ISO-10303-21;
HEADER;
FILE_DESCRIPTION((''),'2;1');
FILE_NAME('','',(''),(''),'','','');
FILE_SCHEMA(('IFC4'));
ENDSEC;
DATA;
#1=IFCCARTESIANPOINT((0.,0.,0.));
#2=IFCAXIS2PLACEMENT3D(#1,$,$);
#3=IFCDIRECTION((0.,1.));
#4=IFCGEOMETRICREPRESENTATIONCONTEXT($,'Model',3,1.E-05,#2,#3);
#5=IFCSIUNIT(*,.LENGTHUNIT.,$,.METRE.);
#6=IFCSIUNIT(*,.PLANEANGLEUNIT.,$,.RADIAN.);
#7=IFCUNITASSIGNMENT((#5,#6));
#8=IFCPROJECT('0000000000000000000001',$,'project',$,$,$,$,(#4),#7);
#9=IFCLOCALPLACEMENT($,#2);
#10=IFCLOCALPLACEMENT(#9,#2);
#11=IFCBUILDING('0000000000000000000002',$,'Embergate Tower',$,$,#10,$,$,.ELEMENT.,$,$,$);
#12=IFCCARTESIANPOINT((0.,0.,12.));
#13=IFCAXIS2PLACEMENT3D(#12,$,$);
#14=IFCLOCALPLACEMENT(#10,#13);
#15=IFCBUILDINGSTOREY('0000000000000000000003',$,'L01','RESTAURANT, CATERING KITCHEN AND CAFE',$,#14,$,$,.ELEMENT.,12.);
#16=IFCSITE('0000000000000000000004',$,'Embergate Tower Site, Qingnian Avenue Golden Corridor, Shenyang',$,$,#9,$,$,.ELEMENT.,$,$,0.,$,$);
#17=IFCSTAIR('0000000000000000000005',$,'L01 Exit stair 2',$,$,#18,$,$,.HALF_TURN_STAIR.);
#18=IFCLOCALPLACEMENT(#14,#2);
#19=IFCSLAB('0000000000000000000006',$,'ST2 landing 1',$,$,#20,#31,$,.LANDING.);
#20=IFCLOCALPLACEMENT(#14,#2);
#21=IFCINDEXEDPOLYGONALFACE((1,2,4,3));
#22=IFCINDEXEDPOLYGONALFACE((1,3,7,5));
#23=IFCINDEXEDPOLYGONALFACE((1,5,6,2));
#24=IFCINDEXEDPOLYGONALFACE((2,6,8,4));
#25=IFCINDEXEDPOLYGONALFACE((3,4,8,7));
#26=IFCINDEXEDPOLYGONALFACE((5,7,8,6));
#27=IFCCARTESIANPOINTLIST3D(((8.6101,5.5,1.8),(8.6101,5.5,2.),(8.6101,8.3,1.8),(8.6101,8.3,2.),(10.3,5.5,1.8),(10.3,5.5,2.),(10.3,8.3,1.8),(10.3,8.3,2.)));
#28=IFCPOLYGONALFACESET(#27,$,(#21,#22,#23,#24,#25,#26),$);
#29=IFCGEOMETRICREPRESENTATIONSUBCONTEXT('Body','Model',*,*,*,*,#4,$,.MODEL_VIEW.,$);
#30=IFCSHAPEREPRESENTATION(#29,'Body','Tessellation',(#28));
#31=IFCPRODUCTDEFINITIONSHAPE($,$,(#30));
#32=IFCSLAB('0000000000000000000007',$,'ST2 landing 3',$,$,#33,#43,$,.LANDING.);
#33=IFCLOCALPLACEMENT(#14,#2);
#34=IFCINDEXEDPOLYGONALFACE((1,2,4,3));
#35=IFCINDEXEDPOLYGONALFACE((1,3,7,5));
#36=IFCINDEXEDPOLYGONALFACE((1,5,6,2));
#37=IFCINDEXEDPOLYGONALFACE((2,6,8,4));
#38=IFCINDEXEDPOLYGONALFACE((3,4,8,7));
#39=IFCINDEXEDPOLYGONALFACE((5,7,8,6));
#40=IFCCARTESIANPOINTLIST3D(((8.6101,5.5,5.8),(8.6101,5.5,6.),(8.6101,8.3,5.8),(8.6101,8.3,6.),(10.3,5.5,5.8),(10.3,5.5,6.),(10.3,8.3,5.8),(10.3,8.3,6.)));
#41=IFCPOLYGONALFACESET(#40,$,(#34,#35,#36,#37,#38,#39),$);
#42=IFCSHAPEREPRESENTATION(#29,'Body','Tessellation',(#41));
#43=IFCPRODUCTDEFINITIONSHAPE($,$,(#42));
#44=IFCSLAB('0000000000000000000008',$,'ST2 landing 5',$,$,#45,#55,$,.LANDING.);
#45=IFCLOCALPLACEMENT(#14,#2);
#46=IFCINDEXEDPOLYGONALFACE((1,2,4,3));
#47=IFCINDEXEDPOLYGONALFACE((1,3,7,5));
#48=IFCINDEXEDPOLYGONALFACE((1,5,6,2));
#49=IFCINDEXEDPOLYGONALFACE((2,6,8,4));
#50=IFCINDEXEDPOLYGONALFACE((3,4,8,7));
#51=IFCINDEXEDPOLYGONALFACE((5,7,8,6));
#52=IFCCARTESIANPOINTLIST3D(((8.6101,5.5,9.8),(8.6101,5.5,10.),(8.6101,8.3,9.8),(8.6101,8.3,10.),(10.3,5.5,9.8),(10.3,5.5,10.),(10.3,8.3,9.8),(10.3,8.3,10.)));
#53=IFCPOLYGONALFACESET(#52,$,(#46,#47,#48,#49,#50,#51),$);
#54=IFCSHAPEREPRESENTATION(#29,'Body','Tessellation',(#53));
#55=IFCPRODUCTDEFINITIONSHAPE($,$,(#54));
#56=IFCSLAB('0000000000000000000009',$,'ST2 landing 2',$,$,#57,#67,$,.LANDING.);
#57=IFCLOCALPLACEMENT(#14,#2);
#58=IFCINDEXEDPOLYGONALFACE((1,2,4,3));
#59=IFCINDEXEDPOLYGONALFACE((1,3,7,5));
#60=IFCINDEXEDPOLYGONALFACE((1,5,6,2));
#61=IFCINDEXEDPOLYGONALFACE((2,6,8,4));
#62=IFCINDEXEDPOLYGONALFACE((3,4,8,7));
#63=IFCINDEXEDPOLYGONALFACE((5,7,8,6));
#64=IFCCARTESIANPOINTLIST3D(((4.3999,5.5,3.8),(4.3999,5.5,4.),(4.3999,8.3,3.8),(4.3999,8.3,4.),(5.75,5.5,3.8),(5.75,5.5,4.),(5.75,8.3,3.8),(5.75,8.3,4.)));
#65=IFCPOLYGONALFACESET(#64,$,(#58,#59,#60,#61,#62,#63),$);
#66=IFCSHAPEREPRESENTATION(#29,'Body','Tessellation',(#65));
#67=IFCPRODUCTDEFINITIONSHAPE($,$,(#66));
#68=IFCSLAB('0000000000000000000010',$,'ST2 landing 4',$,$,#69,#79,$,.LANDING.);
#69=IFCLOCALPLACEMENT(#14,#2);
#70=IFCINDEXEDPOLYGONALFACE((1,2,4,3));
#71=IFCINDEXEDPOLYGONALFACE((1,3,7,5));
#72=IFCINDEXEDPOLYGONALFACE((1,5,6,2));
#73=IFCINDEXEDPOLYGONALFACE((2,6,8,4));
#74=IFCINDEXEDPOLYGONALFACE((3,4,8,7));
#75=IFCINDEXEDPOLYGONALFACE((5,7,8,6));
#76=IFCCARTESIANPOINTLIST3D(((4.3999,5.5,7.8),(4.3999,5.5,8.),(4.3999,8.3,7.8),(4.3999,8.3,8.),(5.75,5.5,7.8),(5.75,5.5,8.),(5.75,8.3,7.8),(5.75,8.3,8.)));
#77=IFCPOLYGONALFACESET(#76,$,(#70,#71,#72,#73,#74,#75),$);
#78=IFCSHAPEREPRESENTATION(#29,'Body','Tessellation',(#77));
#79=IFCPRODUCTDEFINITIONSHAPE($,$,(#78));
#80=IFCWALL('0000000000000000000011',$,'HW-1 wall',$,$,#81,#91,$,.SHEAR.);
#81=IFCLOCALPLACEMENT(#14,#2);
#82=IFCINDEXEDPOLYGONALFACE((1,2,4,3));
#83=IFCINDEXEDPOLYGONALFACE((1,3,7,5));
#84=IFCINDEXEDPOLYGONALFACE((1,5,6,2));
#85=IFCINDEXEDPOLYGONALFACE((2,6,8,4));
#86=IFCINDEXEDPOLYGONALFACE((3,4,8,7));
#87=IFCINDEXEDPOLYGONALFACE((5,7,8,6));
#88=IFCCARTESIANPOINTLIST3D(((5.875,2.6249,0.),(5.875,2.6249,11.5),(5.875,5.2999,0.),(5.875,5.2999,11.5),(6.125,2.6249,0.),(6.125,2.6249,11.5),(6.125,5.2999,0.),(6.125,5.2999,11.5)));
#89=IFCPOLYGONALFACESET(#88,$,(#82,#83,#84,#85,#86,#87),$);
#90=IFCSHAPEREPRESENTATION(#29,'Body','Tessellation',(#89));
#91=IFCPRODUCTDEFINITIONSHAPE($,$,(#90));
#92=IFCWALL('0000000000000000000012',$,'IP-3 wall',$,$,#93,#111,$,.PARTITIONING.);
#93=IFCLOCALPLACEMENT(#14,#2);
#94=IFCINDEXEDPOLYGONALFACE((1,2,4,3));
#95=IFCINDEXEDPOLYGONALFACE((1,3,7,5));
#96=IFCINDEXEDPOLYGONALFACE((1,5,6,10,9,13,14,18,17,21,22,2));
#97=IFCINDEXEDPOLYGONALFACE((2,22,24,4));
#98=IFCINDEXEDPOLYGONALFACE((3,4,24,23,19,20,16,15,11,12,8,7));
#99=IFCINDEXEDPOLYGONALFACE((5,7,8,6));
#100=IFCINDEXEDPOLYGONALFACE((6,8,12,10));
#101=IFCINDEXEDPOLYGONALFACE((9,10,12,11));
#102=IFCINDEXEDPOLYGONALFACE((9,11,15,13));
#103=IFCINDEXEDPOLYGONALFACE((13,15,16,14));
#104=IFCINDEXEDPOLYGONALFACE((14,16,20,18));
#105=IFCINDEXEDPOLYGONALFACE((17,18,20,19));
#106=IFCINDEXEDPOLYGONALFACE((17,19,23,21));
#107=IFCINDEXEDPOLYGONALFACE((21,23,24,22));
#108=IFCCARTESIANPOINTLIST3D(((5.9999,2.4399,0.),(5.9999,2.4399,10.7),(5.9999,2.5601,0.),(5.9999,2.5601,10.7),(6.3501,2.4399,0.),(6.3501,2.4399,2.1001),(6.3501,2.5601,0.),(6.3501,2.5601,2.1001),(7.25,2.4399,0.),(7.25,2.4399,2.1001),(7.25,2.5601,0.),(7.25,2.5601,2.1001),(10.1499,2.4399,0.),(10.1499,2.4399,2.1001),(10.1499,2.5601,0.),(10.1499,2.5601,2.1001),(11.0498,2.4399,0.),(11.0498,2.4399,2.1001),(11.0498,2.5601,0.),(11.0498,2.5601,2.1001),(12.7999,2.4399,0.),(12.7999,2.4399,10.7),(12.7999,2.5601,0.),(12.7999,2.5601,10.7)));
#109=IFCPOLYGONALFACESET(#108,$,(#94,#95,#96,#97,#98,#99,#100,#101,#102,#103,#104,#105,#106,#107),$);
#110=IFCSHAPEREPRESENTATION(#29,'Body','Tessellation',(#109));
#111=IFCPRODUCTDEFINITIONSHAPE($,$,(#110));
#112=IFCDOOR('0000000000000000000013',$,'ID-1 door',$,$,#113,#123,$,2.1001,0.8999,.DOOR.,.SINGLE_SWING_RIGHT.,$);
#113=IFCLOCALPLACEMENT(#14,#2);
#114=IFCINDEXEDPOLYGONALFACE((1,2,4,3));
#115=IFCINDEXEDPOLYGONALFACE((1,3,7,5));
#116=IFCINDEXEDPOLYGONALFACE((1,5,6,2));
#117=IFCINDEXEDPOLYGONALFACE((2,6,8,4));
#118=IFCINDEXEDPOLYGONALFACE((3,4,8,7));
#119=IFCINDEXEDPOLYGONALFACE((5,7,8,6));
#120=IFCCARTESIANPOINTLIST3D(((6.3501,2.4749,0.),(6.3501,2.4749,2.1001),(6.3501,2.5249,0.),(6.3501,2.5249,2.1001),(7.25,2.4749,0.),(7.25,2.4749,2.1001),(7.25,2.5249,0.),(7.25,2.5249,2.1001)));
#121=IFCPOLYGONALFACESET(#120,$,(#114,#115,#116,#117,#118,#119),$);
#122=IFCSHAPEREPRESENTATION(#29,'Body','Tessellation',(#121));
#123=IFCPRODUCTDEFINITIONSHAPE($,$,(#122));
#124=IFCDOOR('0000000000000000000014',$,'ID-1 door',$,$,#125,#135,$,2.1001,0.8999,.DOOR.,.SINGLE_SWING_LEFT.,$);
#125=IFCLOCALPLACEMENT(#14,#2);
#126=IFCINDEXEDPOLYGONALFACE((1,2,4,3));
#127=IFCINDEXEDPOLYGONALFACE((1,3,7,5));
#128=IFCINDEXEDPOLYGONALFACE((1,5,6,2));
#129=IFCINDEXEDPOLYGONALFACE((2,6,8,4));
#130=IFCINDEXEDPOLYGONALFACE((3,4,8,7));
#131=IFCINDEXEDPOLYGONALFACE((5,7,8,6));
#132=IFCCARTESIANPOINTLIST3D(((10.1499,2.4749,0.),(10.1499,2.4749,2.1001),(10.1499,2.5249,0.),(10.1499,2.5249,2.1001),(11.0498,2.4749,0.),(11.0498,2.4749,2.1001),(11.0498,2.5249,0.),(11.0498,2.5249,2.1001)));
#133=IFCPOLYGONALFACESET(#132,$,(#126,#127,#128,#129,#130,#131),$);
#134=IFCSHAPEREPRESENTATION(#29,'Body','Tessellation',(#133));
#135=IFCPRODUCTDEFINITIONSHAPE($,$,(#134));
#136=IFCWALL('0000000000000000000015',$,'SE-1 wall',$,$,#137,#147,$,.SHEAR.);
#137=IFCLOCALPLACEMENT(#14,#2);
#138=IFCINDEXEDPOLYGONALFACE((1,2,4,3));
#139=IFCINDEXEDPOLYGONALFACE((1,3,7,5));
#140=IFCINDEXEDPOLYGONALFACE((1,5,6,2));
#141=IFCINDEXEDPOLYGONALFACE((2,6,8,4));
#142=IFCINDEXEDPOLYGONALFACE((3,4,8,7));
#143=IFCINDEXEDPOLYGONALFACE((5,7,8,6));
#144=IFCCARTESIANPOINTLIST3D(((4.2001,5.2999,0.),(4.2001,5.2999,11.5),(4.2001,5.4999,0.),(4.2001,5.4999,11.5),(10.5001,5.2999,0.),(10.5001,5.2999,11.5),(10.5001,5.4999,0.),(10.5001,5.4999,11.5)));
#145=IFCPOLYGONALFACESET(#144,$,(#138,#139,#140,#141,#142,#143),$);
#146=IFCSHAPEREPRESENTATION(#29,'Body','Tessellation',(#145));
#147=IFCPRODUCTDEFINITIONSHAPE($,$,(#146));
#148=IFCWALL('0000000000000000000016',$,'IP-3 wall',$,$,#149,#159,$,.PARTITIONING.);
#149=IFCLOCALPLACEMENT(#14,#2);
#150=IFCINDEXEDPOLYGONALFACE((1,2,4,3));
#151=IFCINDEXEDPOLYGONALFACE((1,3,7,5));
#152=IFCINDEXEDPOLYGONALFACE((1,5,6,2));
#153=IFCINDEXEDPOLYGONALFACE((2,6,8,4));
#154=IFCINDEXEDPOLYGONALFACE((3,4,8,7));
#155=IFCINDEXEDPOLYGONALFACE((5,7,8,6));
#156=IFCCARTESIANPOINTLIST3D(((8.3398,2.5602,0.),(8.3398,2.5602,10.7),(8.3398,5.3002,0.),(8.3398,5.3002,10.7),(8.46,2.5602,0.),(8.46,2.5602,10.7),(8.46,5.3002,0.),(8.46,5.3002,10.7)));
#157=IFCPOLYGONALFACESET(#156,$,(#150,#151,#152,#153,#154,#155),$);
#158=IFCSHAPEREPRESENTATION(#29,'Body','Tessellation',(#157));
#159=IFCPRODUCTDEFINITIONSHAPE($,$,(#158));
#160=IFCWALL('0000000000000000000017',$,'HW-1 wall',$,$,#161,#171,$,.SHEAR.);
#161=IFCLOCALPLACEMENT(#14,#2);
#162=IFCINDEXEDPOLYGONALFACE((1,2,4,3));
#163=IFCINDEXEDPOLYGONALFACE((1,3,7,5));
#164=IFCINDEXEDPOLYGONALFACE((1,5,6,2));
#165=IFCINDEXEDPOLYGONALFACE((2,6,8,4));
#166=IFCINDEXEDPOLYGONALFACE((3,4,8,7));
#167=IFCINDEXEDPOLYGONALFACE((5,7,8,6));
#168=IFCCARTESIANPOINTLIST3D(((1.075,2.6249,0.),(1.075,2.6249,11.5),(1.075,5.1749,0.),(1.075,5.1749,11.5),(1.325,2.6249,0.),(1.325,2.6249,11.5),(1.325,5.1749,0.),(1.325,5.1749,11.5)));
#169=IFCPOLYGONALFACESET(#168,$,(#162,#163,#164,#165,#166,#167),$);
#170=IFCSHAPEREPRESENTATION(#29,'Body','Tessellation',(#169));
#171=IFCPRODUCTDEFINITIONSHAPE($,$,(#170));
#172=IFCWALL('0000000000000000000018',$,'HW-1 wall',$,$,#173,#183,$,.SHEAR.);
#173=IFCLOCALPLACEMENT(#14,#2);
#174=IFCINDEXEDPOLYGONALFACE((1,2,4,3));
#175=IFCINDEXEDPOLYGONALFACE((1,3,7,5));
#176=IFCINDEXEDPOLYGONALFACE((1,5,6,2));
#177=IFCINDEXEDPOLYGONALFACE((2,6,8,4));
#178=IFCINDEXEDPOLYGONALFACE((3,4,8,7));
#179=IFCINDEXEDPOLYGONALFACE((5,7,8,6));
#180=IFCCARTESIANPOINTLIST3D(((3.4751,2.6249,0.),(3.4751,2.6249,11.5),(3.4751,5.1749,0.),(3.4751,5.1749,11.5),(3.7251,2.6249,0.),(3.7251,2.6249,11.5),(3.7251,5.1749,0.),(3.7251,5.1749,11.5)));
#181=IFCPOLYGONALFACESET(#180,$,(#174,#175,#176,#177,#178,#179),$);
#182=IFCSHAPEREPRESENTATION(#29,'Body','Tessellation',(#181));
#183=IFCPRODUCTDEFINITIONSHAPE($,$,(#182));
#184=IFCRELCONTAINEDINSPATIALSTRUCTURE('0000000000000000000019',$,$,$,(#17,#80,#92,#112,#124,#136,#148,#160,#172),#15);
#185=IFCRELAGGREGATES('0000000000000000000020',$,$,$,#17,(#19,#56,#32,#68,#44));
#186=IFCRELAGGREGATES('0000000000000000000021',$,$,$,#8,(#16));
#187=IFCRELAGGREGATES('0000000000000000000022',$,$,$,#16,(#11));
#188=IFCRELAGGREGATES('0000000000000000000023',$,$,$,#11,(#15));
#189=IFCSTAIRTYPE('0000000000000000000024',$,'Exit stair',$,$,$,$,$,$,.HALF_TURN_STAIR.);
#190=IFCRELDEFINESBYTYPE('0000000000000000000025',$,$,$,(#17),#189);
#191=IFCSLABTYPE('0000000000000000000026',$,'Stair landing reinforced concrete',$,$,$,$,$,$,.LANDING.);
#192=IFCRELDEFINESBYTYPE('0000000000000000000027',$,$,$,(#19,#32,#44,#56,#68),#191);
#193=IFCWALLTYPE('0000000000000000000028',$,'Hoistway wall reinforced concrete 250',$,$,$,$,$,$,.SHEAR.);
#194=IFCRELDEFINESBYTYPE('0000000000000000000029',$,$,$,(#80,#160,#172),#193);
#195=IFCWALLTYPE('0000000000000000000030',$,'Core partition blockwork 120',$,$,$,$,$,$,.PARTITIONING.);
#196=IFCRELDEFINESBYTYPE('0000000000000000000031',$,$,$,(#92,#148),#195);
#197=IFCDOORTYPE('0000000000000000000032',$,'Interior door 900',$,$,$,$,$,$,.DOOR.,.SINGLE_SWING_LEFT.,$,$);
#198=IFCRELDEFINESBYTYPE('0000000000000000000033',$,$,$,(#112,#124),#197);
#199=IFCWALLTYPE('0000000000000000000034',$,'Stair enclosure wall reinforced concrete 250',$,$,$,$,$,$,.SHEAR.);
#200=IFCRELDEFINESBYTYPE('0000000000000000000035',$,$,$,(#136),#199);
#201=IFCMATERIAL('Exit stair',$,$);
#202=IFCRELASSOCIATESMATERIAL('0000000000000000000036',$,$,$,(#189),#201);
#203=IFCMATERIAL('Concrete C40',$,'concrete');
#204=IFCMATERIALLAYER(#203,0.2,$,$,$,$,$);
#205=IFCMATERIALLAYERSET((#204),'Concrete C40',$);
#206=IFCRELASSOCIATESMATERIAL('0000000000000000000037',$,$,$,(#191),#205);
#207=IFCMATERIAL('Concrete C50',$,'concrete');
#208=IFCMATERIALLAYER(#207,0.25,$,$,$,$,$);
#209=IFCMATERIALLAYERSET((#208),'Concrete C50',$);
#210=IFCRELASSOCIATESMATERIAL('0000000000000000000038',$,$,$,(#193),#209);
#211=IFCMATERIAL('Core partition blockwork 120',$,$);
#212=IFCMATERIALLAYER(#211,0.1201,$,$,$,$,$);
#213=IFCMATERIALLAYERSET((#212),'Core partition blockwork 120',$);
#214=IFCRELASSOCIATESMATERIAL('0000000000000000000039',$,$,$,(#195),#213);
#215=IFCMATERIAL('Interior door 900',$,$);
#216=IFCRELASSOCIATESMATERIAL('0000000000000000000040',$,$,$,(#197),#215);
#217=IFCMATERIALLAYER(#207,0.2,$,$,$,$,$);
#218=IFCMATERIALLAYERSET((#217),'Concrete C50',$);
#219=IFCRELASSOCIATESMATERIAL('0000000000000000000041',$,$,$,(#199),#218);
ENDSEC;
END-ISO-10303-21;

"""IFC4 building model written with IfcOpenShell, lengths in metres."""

from ifc_helpers import new_model, si_unit, direction, frame, frame_2d, origin, place, context, subcontext, project, spatial, polyline, rectangle, outline, extrude, source, transform, mapped, material, layer, layer_set, type_object, element, fill, aggregate, save


model = new_model("IFC4")

# Units and contexts
model_context = context("Model", 3, precision=1e-05, world=origin(), true_north=direction((0.0, 1.0)))
body_context = subcontext(model_context, "Body", "Model", "MODEL_VIEW")
ifc_project = project(units=[si_unit("LENGTHUNIT", "METRE"), si_unit("PLANEANGLEUNIT", "RADIAN")], contexts=[model_context])

# Site, building, storey
site_placement = place(None, origin())
site = spatial("IfcSite", under=ifc_project, at=site_placement, Name="Embergate Tower Site, Qingnian Avenue Golden Corridor, Shenyang", CompositionType="ELEMENT", RefElevation=0.0)
building_placement = place(site_placement, origin())
building = spatial("IfcBuilding", under=site, at=building_placement, Name="Embergate Tower", CompositionType="ELEMENT")
storey_placement = place(building_placement, frame((0.0, 0.0, 12.0)))
storey = spatial("IfcBuildingStorey", under=building, at=storey_placement, Name="L01", Description="RESTAURANT, CATERING KITCHEN AND CAFE", CompositionType="ELEMENT", Elevation=12.0)

# Stair, slabs
ifc_material_1 = material(Name="Exit stair")
stair_type = type_object("IfcStairType", Name="Exit stair", PredefinedType="HALF_TURN_STAIR", material=ifc_material_1)
stair_placement = place(storey_placement, origin())
stair = element("IfcStair", 1, at=stair_placement, inside=storey, type_object=stair_type, Name="L01 Exit stair 2", PredefinedType="HALF_TURN_STAIR")
ifc_material_2 = material(Name="Concrete C40", Category="concrete")
ifc_layer_1 = layer(ifc_material_2, 0.2)
ifc_layer_set_1 = layer_set([ifc_layer_1], Name="Concrete C40")
slab_type = type_object("IfcSlabType", Name="Stair landing reinforced concrete", PredefinedType="LANDING", material=ifc_layer_set_1)
shared_shape_1 = source(origin(), body_context, "Body", "SweptSolid", [
    extrude(outline(polyline([(0.0, 0.0), (1.6899, 0.0), (1.6899, 2.8), (0.0, 2.8), (0.0, 0.0)])), origin(), (0.0, 0.0, 1.0), 0.2),
])
slab_1_placement = place(storey_placement, frame((8.6101, 5.5, 1.8)))
slab_1 = element("IfcSlab", 2, at=slab_1_placement, type_object=slab_type, Name="ST2 landing 1", PredefinedType="LANDING", context=body_context, shape_type="MappedRepresentation", body=[
    mapped(shared_shape_1, transform((0.0, 0.0, 0.0))),
])
slab_2_placement = place(storey_placement, frame((8.6101, 5.5, 5.8)))
slab_2 = element("IfcSlab", 3, at=slab_2_placement, type_object=slab_type, Name="ST2 landing 3", PredefinedType="LANDING", context=body_context, shape_type="MappedRepresentation", body=[
    mapped(shared_shape_1, transform((0.0, 0.0, 0.0))),
])
slab_3_placement = place(storey_placement, frame((8.6101, 5.5, 9.8)))
slab_3 = element("IfcSlab", 4, at=slab_3_placement, type_object=slab_type, Name="ST2 landing 5", PredefinedType="LANDING", context=body_context, shape_type="MappedRepresentation", body=[
    mapped(shared_shape_1, transform((0.0, 0.0, 0.0))),
])
shared_shape_2 = source(origin(), body_context, "Body", "SweptSolid", [
    extrude(outline(polyline([(0.0, 0.0), (1.3501, 0.0), (1.3501, 2.8), (0.0, 2.8), (0.0, 0.0)])), origin(), (0.0, 0.0, 1.0), 0.2),
])
slab_4_placement = place(storey_placement, frame((4.3999, 5.5, 3.8)))
slab_4 = element("IfcSlab", 5, at=slab_4_placement, type_object=slab_type, Name="ST2 landing 2", PredefinedType="LANDING", context=body_context, shape_type="MappedRepresentation", body=[
    mapped(shared_shape_2, transform((0.0, 0.0, 0.0))),
])
slab_5_placement = place(storey_placement, frame((4.3999, 5.5, 7.8)))
slab_5 = element("IfcSlab", 6, at=slab_5_placement, type_object=slab_type, Name="ST2 landing 4", PredefinedType="LANDING", context=body_context, shape_type="MappedRepresentation", body=[
    mapped(shared_shape_2, transform((0.0, 0.0, 0.0))),
])

# Wall
ifc_material_3 = material(Name="Concrete C50", Category="concrete")
ifc_layer_2 = layer(ifc_material_3, 0.25)
ifc_layer_set_2 = layer_set([ifc_layer_2], Name="Concrete C50")
wall_type_1 = type_object("IfcWallType", Name="Hoistway wall reinforced concrete 250", PredefinedType="SHEAR", material=ifc_layer_set_2)
shared_shape_3 = source(origin(), body_context, "Body", "SweptSolid", [
    extrude(rectangle(XDim=2.675, YDim=0.25, at=frame_2d((1.3374, 0.0))), origin(), (0.0, 0.0, 1.0), 11.5),
])
wall_1_placement = place(storey_placement, frame((6.0, 2.625, 0.0), z_axis=(0.0, 0.0, 1.0), x_axis=(0.0, 1.0, 0.0)))
element("IfcWall", 7, at=wall_1_placement, inside=storey, type_object=wall_type_1, Name="HW-1 wall", PredefinedType="SHEAR", context=body_context, shape_type="MappedRepresentation", body=[
    mapped(shared_shape_3, transform((0.0, 0.0, 0.0))),
])

# Wall, openings, doors
ifc_material_4 = material(Name="Core partition blockwork 120")
ifc_layer_3 = layer(ifc_material_4, 0.1201)
ifc_layer_set_3 = layer_set([ifc_layer_3], Name="Core partition blockwork 120")
wall_type_2 = type_object("IfcWallType", Name="Core partition blockwork 120", PredefinedType="PARTITIONING", material=ifc_layer_set_3)
shared_shape_4 = source(origin(), body_context, "Body", "SweptSolid", [
    extrude(rectangle(XDim=6.8, YDim=0.1201, at=frame_2d((3.3999, 0.0))), origin(), (0.0, 0.0, 1.0), 10.7),
])
wall_2_placement = place(storey_placement, frame((6.0, 2.5, 0.0), z_axis=(0.0, 0.0, 1.0), x_axis=(1.0, 0.0, 0.0)))
wall_2 = element("IfcWall", 8, at=wall_2_placement, inside=storey, type_object=wall_type_2, Name="IP-3 wall", PredefinedType="PARTITIONING", context=body_context, shape_type="MappedRepresentation", body=[
    mapped(shared_shape_4, transform((0.0, 0.0, 0.0))),
])
shared_shape_5 = source(origin(), body_context, "Body", "SweptSolid", [
    extrude(rectangle(XDim=0.8999, YDim=2.1001, at=frame_2d((0.45, 1.05))), frame((0.0, 0.0701, 0.0), z_axis=(0.0, -1.0, 0.0), x_axis=(1.0, 0.0, 0.0)), (0.0, 0.0, 1.0), 0.1401),
])
opening_1_placement = place(wall_2_placement, frame((0.3501, 0.0, 0.0)))
opening_1 = element("IfcOpeningElement", 9, at=opening_1_placement, cuts=wall_2, PredefinedType="OPENING", context=body_context, shape_type="MappedRepresentation", body=[
    mapped(shared_shape_5, transform((0.0, 0.0, 0.0))),
])
opening_2_placement = place(wall_2_placement, frame((4.1499, 0.0, 0.0)))
opening_2 = element("IfcOpeningElement", 10, at=opening_2_placement, cuts=wall_2, PredefinedType="OPENING", context=body_context, shape_type="MappedRepresentation", body=[
    mapped(shared_shape_5, transform((0.0, 0.0, 0.0))),
])
ifc_material_5 = material(Name="Interior door 900")
door_type_1 = type_object("IfcDoorType", Name="Interior door 900", OperationType="SINGLE_SWING_LEFT", PredefinedType="DOOR", material=ifc_material_5)
shared_shape_6 = source(origin(), body_context, "Body", "SweptSolid", [
    extrude(rectangle(XDim=0.8999, YDim=2.1001, at=frame_2d((0.45, 1.05))), frame((0.0, 0.0249, 0.0), z_axis=(0.0, -1.0, 0.0), x_axis=(1.0, 0.0, 0.0)), (0.0, 0.0, 1.0), 0.05),
])
door_1_placement = place(opening_1_placement, origin())
door_1 = element("IfcDoor", 11, at=door_1_placement, inside=storey, type_object=door_type_1, Name="ID-1 door", OperationType="SINGLE_SWING_RIGHT", OverallHeight=2.1001, OverallWidth=0.8999, PredefinedType="DOOR", context=body_context, shape_type="MappedRepresentation", body=[
    mapped(shared_shape_6, transform((0.0, 0.0, 0.0))),
])
fill(opening_1, door_1)
door_2_placement = place(opening_2_placement, origin())
door_2 = element("IfcDoor", 12, at=door_2_placement, inside=storey, type_object=door_type_1, Name="ID-1 door", OperationType="SINGLE_SWING_LEFT", OverallHeight=2.1001, OverallWidth=0.8999, PredefinedType="DOOR", context=body_context, shape_type="MappedRepresentation", body=[
    mapped(shared_shape_6, transform((0.0, 0.0, 0.0))),
])
fill(opening_2, door_2)

# Walls
ifc_layer_4 = layer(ifc_material_3, 0.2)
ifc_layer_set_4 = layer_set([ifc_layer_4], Name="Concrete C50")
wall_type_3 = type_object("IfcWallType", Name="Stair enclosure wall reinforced concrete 250", PredefinedType="SHEAR", material=ifc_layer_set_4)
shared_shape_7 = source(origin(), body_context, "Body", "SweptSolid", [
    extrude(rectangle(XDim=6.3, YDim=0.2, at=frame_2d((3.1499, 0.0))), origin(), (0.0, 0.0, 1.0), 11.5),
])
wall_3_placement = place(storey_placement, frame((10.5, 5.3999, 0.0), z_axis=(0.0, 0.0, 1.0), x_axis=(-1.0, 0.0, 0.0)))
element("IfcWall", 13, at=wall_3_placement, inside=storey, type_object=wall_type_3, Name="SE-1 wall", PredefinedType="SHEAR", context=body_context, shape_type="MappedRepresentation", body=[
    mapped(shared_shape_7, transform((0.0, 0.0, 0.0))),
])
shared_shape_8 = source(origin(), body_context, "Body", "SweptSolid", [
    extrude(rectangle(XDim=2.74, YDim=0.1201, at=frame_2d((1.3701, 0.0))), origin(), (0.0, 0.0, 1.0), 10.7),
])
wall_4_placement = place(storey_placement, frame((8.3999, 2.5601, 0.0), z_axis=(0.0, 0.0, 1.0), x_axis=(0.0, 1.0, 0.0)))
element("IfcWall", 14, at=wall_4_placement, inside=storey, type_object=wall_type_2, Name="IP-3 wall", PredefinedType="PARTITIONING", context=body_context, shape_type="MappedRepresentation", body=[
    mapped(shared_shape_8, transform((0.0, 0.0, 0.0))),
])
shared_shape_9 = source(origin(), body_context, "Body", "SweptSolid", [
    extrude(rectangle(XDim=2.55, YDim=0.25, at=frame_2d((1.2749, 0.0))), origin(), (0.0, 0.0, 1.0), 11.5),
])
for number, where, z_axis, x_axis, name in (
    (15, (1.2, 2.625, 0.0), (0.0, 0.0, 1.0), (0.0, 1.0, 0.0), "HW-1 wall"),
    (16, (3.6001, 2.625, 0.0), (0.0, 0.0, 1.0), (0.0, 1.0, 0.0), "HW-1 wall"),
):
    element("IfcWall", number, at=place(storey_placement, frame(where, z_axis=z_axis, x_axis=x_axis)), inside=storey, type_object=wall_type_1, Name=name, PredefinedType="SHEAR", context=body_context, shape_type="MappedRepresentation", body=[
        mapped(shared_shape_9, transform((0.0, 0.0, 0.0))),
    ])

aggregate(stair, [slab_1, slab_4, slab_2, slab_5, slab_3])

save(model, "model.ifc")
